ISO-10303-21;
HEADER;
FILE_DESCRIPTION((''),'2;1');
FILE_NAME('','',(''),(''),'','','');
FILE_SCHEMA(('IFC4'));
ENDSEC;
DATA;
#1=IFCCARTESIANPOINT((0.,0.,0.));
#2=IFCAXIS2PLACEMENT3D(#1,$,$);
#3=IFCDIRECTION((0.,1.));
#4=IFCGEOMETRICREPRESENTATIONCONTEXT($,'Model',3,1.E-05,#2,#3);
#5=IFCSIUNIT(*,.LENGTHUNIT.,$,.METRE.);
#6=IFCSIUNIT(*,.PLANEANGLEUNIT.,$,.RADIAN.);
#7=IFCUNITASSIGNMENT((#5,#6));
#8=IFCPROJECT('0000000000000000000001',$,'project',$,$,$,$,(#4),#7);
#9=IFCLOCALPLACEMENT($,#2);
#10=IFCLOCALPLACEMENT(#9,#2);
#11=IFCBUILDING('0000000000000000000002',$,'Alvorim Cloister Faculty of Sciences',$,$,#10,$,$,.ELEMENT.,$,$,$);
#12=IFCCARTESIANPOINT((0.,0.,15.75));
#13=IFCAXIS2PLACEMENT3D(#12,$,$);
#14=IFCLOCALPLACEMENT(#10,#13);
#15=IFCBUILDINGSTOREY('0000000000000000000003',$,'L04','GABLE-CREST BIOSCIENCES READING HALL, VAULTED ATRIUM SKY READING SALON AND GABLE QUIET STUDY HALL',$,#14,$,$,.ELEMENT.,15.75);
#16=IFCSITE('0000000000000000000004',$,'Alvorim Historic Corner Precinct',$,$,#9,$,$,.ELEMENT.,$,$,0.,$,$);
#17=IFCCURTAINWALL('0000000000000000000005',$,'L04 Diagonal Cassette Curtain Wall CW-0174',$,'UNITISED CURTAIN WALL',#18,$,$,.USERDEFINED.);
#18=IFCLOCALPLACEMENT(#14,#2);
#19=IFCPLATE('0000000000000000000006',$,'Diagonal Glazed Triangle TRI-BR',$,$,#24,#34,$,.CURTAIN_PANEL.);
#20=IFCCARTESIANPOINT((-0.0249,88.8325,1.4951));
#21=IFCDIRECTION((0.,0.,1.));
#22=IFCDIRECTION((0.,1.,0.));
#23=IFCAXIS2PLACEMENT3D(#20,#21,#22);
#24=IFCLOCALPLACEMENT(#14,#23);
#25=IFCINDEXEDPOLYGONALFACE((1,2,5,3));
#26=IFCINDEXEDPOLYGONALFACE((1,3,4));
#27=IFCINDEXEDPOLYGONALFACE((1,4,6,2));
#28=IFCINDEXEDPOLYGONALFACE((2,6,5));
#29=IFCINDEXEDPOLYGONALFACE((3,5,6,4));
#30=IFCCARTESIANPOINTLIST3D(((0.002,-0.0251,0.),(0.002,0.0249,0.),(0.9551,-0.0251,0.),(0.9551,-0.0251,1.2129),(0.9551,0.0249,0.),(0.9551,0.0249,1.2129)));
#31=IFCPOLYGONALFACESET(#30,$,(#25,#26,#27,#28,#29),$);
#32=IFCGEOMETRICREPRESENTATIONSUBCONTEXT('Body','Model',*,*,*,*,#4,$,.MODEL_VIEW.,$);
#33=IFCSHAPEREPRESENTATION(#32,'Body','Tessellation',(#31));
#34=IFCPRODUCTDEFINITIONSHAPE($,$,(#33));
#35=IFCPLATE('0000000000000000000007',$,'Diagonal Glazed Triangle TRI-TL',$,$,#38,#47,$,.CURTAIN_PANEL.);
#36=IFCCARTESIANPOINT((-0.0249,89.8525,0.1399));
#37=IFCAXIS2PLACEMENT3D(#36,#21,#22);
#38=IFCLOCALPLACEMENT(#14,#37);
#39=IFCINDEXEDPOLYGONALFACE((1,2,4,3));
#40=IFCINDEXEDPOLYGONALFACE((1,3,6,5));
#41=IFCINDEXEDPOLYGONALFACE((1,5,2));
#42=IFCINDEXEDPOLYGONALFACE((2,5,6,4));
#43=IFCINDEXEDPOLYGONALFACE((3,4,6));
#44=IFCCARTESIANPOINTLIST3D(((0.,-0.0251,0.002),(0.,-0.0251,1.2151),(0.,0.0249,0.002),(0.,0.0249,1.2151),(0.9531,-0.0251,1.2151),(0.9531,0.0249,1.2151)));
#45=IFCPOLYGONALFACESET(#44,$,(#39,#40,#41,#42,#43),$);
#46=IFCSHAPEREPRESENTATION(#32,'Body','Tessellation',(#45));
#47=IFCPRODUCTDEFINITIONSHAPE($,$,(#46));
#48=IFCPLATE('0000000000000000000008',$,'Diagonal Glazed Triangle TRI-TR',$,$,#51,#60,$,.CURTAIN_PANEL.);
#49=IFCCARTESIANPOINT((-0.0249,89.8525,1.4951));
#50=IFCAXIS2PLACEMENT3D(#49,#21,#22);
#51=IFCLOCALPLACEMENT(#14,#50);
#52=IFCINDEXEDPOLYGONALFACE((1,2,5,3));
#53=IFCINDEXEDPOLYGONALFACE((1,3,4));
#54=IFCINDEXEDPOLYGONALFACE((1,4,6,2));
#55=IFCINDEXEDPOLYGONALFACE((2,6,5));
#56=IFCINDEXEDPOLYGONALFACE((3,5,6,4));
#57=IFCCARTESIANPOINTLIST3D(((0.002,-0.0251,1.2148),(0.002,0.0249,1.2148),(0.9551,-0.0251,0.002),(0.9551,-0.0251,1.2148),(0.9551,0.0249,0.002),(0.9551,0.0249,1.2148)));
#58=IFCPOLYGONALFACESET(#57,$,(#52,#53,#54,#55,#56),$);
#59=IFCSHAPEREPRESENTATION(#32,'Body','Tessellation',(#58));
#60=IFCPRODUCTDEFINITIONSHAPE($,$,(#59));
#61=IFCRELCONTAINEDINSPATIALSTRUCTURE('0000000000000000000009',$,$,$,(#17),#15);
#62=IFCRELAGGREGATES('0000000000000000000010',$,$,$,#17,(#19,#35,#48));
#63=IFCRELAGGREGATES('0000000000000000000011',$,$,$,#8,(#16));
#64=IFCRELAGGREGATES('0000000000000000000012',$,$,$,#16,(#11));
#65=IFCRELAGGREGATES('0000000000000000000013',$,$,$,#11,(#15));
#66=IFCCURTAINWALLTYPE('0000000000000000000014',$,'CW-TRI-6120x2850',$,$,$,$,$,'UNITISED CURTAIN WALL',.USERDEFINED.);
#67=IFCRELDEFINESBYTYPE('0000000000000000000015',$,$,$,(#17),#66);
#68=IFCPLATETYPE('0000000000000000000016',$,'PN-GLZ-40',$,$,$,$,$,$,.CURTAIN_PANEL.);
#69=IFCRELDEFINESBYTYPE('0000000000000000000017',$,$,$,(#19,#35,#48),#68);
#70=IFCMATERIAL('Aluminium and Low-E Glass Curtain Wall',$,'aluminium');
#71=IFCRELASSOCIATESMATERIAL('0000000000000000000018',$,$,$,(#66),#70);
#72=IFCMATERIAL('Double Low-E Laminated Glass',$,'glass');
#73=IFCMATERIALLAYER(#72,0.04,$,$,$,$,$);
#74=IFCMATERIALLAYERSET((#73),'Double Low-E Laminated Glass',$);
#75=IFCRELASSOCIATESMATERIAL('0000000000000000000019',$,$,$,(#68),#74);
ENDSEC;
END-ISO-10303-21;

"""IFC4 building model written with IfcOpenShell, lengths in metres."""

from ifc_helpers import new_model, si_unit, direction, frame, origin, place, context, subcontext, project, spatial, polyline, outline, extrude, material, layer, layer_set, type_object, element, aggregate, save


model = new_model("IFC4")

# Units and contexts
model_context = context("Model", 3, precision=1e-05, world=origin(), true_north=direction((0.0, 1.0)))
body_context = subcontext(model_context, "Body", "Model", "MODEL_VIEW")
ifc_project = project(units=[si_unit("LENGTHUNIT", "METRE"), si_unit("PLANEANGLEUNIT", "RADIAN")], contexts=[model_context])

# Site, building, storey
site_placement = place(None, origin())
site = spatial("IfcSite", under=ifc_project, at=site_placement, Name="Alvorim Historic Corner Precinct", CompositionType="ELEMENT", RefElevation=0.0)
building_placement = place(site_placement, origin())
building = spatial("IfcBuilding", under=site, at=building_placement, Name="Alvorim Cloister Faculty of Sciences", CompositionType="ELEMENT")
storey_placement = place(building_placement, frame((0.0, 0.0, 15.75)))
storey = spatial("IfcBuildingStorey", under=building, at=storey_placement, Name="L04", Description="GABLE-CREST BIOSCIENCES READING HALL, VAULTED ATRIUM SKY READING SALON AND GABLE QUIET STUDY HALL", CompositionType="ELEMENT", Elevation=15.75)

# Curtain wall, plates
ifc_material_1 = material(Name="Aluminium and Low-E Glass Curtain Wall", Category="aluminium")
curtain_wall_type = type_object("IfcCurtainWallType", Name="CW-TRI-6120x2850", ElementType="UNITISED CURTAIN WALL", PredefinedType="USERDEFINED", material=ifc_material_1)
curtain_wall_placement = place(storey_placement, origin())
curtain_wall = element("IfcCurtainWall", 1, at=curtain_wall_placement, inside=storey, type_object=curtain_wall_type, Name="L04 Diagonal Cassette Curtain Wall CW-0174", ObjectType="UNITISED CURTAIN WALL", PredefinedType="USERDEFINED")
ifc_material_2 = material(Name="Double Low-E Laminated Glass", Category="glass")
ifc_layer = layer(ifc_material_2, 0.04)
ifc_layer_set = layer_set([ifc_layer], Name="Double Low-E Laminated Glass")
plate_type = type_object("IfcPlateType", Name="PN-GLZ-40", PredefinedType="CURTAIN_PANEL", material=ifc_layer_set)
plate_1_placement = place(storey_placement, frame((-0.0249, 88.8325, 1.4951), z_axis=(0.0, 0.0, 1.0), x_axis=(0.0, 1.0, 0.0)))
plate_1 = element("IfcPlate", 2, at=plate_1_placement, type_object=plate_type, Name="Diagonal Glazed Triangle TRI-BR", PredefinedType="CURTAIN_PANEL", context=body_context, shape_type="SweptSolid", body=[
    extrude(outline(polyline([(0.002, 0.0), (0.9551, 0.0), (0.9551, 1.2129), (0.002, 0.0)])), frame((0.0, 0.0249, 0.0), z_axis=(0.0, -1.0, 0.0), x_axis=(1.0, 0.0, 0.0)), (0.0, 0.0, 1.0), 0.05),
])
plate_2_placement = place(storey_placement, frame((-0.0249, 89.8525, 0.1399), z_axis=(0.0, 0.0, 1.0), x_axis=(0.0, 1.0, 0.0)))
plate_2 = element("IfcPlate", 3, at=plate_2_placement, type_object=plate_type, Name="Diagonal Glazed Triangle TRI-TL", PredefinedType="CURTAIN_PANEL", context=body_context, shape_type="SweptSolid", body=[
    extrude(outline(polyline([(0.9531, 1.2151), (0.0, 1.2151), (0.0, 0.002), (0.9531, 1.2151)])), frame((0.0, 0.0249, 0.0), z_axis=(0.0, -1.0, 0.0), x_axis=(1.0, 0.0, 0.0)), (0.0, 0.0, 1.0), 0.05),
])
plate_3_placement = place(storey_placement, frame((-0.0249, 89.8525, 1.4951), z_axis=(0.0, 0.0, 1.0), x_axis=(0.0, 1.0, 0.0)))
plate_3 = element("IfcPlate", 4, at=plate_3_placement, type_object=plate_type, Name="Diagonal Glazed Triangle TRI-TR", PredefinedType="CURTAIN_PANEL", context=body_context, shape_type="SweptSolid", body=[
    extrude(outline(polyline([(0.9551, 0.002), (0.9551, 1.2148), (0.002, 1.2148), (0.9551, 0.002)])), frame((0.0, 0.0249, 0.0), z_axis=(0.0, -1.0, 0.0), x_axis=(1.0, 0.0, 0.0)), (0.0, 0.0, 1.0), 0.05),
])
aggregate(curtain_wall, [plate_1, plate_2, plate_3])

save(model, "model.ifc")
